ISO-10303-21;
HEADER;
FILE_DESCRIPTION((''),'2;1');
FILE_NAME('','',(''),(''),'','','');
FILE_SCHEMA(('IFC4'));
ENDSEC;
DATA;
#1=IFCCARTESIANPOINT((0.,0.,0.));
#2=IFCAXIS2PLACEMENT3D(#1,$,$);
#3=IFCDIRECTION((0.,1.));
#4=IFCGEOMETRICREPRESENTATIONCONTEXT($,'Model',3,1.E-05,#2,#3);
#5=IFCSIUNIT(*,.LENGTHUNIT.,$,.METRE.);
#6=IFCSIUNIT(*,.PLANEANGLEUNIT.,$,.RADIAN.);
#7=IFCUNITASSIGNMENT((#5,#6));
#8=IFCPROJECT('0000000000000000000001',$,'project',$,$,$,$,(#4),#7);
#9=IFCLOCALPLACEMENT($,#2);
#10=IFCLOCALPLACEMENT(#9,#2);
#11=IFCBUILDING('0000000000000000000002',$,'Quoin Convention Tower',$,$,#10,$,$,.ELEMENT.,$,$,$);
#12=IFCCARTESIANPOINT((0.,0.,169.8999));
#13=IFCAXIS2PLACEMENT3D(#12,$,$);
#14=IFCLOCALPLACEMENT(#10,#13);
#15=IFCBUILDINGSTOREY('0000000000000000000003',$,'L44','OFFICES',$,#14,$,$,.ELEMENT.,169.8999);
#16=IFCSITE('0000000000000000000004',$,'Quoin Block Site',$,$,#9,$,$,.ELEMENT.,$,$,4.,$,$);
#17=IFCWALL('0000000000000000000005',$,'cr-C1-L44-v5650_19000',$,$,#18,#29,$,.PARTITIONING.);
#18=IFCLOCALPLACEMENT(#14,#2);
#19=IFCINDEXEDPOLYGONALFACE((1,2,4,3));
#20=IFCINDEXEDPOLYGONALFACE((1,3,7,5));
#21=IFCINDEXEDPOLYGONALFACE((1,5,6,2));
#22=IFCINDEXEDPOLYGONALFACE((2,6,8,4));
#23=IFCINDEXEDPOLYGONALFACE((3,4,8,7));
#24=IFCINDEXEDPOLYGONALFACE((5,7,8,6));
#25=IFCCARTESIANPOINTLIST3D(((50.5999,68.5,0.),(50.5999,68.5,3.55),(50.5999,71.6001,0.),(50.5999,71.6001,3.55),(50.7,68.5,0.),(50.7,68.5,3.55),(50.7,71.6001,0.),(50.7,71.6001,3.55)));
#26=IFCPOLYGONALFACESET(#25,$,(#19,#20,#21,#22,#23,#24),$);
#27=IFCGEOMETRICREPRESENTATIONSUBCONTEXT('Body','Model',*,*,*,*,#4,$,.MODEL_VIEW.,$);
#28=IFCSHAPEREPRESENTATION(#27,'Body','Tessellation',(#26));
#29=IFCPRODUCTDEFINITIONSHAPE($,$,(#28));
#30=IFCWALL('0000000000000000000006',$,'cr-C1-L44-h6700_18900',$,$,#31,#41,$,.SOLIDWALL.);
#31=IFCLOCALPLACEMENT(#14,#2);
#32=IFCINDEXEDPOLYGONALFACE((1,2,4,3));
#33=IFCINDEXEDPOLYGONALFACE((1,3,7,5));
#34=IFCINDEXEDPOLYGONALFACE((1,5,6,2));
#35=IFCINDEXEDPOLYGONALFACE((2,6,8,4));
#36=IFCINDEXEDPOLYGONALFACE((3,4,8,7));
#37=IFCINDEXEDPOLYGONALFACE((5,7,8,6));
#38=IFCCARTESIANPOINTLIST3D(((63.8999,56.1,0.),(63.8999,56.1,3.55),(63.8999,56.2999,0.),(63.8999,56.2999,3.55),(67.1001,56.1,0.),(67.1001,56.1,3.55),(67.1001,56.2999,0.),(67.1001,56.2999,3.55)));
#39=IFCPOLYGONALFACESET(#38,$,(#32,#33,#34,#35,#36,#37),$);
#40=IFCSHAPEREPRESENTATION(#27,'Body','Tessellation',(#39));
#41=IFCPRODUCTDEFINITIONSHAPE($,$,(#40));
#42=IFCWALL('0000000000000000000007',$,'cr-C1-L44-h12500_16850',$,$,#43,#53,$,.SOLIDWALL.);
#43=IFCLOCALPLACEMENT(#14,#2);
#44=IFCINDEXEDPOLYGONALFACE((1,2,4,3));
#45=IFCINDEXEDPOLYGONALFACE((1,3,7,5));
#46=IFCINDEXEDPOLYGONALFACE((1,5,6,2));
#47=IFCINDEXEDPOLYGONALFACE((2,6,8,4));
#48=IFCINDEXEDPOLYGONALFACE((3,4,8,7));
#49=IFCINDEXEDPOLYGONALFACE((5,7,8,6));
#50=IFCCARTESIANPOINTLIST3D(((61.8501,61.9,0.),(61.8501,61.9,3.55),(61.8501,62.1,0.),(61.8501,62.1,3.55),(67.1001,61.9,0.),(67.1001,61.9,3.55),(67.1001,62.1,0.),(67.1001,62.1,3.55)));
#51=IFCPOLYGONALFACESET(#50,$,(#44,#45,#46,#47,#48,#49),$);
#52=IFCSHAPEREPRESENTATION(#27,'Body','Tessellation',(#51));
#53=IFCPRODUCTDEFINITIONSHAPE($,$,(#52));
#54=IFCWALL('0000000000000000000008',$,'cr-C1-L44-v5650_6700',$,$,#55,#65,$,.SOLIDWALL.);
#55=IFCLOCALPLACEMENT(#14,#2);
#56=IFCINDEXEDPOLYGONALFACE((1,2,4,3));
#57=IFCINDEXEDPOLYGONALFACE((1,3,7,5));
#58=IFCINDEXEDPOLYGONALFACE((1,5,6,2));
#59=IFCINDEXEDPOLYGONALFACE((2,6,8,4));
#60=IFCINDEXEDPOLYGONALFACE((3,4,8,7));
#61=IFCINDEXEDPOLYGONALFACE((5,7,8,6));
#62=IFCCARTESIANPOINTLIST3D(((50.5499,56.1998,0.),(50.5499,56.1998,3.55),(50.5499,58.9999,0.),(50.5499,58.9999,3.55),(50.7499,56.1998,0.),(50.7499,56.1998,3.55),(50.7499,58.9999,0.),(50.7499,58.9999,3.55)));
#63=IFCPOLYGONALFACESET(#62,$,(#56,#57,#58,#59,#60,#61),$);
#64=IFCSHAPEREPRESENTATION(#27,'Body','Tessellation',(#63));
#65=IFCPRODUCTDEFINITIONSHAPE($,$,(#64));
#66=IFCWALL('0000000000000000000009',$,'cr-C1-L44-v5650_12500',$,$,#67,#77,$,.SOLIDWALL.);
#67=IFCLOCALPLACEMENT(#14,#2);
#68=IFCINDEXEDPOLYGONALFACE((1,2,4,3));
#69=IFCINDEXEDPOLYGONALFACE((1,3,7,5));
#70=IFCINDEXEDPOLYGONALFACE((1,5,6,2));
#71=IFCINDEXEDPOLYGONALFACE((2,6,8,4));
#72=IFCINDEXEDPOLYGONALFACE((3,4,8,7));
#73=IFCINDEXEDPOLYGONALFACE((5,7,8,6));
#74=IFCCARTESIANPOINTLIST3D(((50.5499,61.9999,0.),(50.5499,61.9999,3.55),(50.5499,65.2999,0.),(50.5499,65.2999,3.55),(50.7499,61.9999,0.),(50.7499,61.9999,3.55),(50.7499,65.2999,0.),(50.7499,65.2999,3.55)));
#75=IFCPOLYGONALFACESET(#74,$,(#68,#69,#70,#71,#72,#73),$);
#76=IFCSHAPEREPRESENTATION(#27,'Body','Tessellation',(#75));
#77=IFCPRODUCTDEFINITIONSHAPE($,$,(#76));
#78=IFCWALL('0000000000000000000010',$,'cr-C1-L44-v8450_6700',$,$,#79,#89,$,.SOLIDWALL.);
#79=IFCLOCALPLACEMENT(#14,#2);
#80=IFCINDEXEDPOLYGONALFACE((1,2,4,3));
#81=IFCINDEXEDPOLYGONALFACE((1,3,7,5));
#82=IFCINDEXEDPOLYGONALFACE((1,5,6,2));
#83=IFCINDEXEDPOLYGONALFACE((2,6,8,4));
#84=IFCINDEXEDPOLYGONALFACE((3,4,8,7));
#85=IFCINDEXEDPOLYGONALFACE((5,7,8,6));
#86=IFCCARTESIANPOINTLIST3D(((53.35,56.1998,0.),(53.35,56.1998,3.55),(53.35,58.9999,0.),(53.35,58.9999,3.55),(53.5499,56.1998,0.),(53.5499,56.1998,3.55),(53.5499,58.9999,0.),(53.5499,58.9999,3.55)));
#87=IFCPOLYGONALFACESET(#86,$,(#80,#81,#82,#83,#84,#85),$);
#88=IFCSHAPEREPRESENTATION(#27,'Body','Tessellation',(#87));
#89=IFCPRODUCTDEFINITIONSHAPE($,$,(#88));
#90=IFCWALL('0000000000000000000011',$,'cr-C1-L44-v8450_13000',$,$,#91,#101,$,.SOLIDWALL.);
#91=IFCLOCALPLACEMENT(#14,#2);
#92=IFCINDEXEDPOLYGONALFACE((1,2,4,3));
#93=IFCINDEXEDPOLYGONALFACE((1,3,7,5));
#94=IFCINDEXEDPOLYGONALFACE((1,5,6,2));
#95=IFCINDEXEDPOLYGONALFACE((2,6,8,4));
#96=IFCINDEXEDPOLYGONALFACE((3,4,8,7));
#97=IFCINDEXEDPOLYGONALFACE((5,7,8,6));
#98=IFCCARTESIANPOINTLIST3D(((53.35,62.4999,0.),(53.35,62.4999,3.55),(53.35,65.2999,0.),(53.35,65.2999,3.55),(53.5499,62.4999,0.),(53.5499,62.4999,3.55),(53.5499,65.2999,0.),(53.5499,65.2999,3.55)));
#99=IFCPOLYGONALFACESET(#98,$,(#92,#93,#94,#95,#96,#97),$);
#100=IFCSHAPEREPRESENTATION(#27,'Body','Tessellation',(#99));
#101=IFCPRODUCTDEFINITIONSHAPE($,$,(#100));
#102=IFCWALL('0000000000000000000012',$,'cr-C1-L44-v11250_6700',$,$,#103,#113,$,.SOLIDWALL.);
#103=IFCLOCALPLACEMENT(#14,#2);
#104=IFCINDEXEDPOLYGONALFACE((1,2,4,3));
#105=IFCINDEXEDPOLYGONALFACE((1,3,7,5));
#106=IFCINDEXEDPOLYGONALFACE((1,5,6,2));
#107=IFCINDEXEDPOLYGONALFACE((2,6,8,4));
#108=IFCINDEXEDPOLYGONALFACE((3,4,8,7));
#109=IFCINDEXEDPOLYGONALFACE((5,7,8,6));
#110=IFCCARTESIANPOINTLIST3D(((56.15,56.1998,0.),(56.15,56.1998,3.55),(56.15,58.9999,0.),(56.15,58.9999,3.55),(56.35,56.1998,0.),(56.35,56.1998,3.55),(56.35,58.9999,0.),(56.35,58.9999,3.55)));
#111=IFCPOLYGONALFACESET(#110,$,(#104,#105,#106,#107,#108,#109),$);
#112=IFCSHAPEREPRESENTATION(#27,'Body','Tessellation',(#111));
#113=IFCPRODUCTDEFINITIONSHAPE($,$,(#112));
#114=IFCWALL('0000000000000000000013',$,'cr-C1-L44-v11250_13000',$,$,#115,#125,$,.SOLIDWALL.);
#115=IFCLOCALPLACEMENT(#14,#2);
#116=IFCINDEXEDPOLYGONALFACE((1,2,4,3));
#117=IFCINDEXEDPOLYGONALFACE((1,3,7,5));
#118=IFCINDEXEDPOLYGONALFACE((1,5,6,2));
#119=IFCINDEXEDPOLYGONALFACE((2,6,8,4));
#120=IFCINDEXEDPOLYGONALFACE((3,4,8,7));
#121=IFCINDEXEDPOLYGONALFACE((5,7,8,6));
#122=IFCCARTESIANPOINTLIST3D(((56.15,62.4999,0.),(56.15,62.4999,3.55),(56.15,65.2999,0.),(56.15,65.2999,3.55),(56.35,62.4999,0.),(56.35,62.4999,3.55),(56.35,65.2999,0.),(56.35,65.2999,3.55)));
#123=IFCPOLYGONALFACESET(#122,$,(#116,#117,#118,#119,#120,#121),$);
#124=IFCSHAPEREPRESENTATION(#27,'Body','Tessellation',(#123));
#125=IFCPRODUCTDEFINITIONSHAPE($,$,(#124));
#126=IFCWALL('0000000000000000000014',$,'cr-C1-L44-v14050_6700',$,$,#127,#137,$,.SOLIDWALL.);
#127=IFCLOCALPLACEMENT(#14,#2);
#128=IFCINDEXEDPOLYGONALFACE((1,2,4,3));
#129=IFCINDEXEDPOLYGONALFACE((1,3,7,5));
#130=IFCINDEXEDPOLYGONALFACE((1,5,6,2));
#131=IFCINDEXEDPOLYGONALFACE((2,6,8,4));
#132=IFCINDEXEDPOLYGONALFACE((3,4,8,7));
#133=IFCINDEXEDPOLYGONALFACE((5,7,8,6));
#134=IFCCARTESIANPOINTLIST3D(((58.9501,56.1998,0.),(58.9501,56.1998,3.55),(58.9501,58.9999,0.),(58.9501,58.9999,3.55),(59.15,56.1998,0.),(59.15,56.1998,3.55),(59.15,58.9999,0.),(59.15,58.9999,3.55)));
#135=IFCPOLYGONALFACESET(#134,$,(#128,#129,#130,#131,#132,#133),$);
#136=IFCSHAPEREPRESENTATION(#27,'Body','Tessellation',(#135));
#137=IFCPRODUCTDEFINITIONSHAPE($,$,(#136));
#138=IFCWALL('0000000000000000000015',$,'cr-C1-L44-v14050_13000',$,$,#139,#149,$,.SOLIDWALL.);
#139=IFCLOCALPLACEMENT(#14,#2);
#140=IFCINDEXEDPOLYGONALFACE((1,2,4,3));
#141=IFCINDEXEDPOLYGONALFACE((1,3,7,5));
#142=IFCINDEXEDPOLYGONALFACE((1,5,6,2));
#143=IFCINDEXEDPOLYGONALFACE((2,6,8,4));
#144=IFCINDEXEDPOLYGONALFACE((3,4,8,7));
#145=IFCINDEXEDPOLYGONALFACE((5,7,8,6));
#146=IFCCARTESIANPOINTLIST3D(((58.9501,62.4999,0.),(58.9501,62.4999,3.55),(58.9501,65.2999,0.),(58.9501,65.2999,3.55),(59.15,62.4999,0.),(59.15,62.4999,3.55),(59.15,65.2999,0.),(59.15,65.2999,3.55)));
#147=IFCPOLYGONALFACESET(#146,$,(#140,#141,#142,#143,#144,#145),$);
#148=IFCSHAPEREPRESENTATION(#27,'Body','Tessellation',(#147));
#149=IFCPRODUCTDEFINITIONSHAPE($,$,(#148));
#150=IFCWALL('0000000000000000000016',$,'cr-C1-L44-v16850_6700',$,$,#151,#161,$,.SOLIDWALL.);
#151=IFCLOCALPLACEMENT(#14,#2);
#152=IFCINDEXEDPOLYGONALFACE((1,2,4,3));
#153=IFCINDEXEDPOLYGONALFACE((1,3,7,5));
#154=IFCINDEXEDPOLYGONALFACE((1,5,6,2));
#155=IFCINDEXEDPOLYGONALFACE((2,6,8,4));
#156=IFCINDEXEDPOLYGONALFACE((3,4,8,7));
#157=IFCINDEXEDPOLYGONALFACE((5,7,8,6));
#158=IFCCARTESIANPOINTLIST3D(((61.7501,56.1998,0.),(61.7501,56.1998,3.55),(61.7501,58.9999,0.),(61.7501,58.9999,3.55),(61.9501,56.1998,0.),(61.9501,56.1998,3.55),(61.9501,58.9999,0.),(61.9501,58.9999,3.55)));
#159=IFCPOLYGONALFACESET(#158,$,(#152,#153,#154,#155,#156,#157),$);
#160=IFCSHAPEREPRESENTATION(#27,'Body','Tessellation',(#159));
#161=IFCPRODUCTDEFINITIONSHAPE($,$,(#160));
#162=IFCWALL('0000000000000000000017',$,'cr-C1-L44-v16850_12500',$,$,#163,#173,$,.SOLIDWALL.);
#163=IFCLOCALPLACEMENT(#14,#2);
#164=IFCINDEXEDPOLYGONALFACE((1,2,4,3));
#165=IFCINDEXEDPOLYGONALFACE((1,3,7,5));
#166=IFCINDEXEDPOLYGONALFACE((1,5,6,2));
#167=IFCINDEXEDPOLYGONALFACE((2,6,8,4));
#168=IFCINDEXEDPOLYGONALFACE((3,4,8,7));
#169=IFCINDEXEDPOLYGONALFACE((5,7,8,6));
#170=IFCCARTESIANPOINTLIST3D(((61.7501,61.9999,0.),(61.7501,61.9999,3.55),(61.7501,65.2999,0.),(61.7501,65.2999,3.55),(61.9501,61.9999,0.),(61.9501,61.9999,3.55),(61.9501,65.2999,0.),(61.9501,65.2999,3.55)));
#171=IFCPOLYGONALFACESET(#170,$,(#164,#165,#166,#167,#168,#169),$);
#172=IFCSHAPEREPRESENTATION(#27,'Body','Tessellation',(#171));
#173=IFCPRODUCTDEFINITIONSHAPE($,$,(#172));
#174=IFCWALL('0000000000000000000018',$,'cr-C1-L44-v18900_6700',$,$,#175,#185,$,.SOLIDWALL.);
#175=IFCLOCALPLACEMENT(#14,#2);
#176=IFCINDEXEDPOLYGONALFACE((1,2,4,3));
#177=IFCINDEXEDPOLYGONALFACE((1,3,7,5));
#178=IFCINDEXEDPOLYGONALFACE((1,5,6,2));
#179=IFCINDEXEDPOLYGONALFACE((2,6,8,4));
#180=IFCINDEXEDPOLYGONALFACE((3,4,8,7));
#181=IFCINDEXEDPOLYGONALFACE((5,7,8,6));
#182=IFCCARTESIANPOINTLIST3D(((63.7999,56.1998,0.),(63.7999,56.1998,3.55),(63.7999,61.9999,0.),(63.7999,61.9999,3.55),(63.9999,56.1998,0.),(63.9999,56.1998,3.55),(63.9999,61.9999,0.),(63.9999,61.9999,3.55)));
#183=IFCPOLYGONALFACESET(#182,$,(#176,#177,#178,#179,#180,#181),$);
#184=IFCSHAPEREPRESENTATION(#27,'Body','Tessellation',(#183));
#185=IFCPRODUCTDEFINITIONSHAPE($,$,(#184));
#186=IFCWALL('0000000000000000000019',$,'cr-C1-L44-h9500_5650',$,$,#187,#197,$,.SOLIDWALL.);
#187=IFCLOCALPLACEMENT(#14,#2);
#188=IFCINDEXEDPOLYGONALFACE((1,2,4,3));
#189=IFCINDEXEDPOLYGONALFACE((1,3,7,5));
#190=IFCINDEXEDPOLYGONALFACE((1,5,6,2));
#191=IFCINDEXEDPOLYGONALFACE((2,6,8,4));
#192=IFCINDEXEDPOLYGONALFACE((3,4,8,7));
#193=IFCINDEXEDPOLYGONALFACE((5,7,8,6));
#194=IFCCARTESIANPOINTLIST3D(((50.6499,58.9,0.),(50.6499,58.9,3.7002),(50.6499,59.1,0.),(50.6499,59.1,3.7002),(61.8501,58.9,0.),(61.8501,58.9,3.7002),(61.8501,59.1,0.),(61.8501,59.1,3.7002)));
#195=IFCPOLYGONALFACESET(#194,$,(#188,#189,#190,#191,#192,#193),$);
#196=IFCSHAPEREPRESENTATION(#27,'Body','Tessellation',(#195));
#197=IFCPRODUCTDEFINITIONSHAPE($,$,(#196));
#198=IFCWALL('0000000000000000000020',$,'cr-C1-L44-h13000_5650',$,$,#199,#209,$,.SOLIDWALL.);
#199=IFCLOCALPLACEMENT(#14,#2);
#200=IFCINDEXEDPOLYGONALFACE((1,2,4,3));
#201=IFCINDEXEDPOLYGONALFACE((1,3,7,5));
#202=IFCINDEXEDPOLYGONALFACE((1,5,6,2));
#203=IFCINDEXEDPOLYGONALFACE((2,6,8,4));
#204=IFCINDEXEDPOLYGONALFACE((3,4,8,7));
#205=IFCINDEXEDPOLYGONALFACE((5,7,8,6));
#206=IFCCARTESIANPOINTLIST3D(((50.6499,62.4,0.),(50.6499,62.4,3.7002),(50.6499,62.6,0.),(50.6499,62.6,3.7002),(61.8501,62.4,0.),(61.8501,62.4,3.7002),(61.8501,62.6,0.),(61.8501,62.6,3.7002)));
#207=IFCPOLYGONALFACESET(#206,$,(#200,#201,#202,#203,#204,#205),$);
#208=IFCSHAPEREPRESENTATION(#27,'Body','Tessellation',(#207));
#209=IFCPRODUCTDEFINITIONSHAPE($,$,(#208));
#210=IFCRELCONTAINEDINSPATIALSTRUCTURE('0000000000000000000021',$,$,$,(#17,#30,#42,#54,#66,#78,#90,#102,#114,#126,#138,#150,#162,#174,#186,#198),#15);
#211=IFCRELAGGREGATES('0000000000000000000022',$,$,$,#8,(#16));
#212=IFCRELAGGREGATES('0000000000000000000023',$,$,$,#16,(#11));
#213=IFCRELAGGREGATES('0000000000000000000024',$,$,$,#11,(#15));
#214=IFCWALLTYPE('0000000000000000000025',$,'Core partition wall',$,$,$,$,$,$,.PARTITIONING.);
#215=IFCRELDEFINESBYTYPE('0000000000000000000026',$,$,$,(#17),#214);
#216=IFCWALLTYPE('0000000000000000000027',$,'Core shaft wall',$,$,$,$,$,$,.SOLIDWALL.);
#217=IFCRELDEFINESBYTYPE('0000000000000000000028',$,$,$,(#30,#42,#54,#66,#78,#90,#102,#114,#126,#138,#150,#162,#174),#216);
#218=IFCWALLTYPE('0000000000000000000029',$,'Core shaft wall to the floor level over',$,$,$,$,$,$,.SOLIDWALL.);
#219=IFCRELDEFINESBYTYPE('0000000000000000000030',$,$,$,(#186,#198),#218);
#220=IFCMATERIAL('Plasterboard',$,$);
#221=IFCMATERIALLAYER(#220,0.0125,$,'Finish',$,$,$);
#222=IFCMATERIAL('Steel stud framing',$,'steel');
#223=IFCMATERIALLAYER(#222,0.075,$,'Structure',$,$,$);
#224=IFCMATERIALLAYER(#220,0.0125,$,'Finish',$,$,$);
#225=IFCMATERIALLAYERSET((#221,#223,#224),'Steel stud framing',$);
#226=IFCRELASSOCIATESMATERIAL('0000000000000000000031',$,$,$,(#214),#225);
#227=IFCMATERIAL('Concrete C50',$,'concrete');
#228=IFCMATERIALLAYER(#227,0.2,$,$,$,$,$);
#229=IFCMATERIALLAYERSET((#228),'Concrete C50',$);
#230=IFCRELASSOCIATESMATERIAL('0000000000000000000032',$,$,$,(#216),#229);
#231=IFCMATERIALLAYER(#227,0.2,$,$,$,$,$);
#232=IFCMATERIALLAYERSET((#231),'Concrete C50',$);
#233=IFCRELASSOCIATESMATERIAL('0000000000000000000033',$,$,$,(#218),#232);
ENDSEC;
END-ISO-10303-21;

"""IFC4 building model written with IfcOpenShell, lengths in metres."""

from ifc_helpers import new_model, si_unit, direction, frame, frame_2d, origin, place, context, subcontext, project, spatial, rectangle, extrude, material, layer, layer_set, type_object, element, save


model = new_model("IFC4")

# Units and contexts
model_context = context("Model", 3, precision=1e-05, world=origin(), true_north=direction((0.0, 1.0)))
body_context = subcontext(model_context, "Body", "Model", "MODEL_VIEW")
ifc_project = project(units=[si_unit("LENGTHUNIT", "METRE"), si_unit("PLANEANGLEUNIT", "RADIAN")], contexts=[model_context])

# Site, building, storey
site_placement = place(None, origin())
site = spatial("IfcSite", under=ifc_project, at=site_placement, Name="Quoin Block Site", CompositionType="ELEMENT", RefElevation=4.0)
building_placement = place(site_placement, origin())
building = spatial("IfcBuilding", under=site, at=building_placement, Name="Quoin Convention Tower", CompositionType="ELEMENT")
storey_placement = place(building_placement, frame((0.0, 0.0, 169.8999)))
storey = spatial("IfcBuildingStorey", under=building, at=storey_placement, Name="L44", Description="OFFICES", CompositionType="ELEMENT", Elevation=169.8999)

# Walls
ifc_material_1 = material(Name="Plasterboard")
ifc_layer_1 = layer(ifc_material_1, 0.0125, Name="Finish")
ifc_material_2 = material(Name="Steel stud framing", Category="steel")
ifc_layer_2 = layer(ifc_material_2, 0.075, Name="Structure")
ifc_layer_3 = layer(ifc_material_1, 0.0125, Name="Finish")
ifc_layer_set_1 = layer_set([ifc_layer_1, ifc_layer_2, ifc_layer_3], Name="Steel stud framing")
wall_type_1 = type_object("IfcWallType", Name="Core partition wall", PredefinedType="PARTITIONING", material=ifc_layer_set_1)
wall_1_placement = place(storey_placement, frame((50.6499, 68.5, 0.0), z_axis=(0.0, 0.0, 1.0), x_axis=(0.0, 1.0, 0.0)))
element("IfcWall", 1, at=wall_1_placement, inside=storey, type_object=wall_type_1, Name="cr-C1-L44-v5650_19000", PredefinedType="PARTITIONING", context=body_context, shape_type="SweptSolid", body=[
    extrude(rectangle(XDim=3.1001, YDim=0.1001, at=frame_2d((1.55, 0.0))), origin(), (0.0, 0.0, 1.0), 3.55),
])
ifc_material_3 = material(Name="Concrete C50", Category="concrete")
ifc_layer_4 = layer(ifc_material_3, 0.2)
ifc_layer_set_2 = layer_set([ifc_layer_4], Name="Concrete C50")
wall_type_2 = type_object("IfcWallType", Name="Core shaft wall", PredefinedType="SOLIDWALL", material=ifc_layer_set_2)
wall_2_placement = place(storey_placement, frame((63.8999, 56.2, 0.0), z_axis=(0.0, 0.0, 1.0), x_axis=(1.0, 0.0, 0.0)))
element("IfcWall", 2, at=wall_2_placement, inside=storey, type_object=wall_type_2, Name="cr-C1-L44-h6700_18900", PredefinedType="SOLIDWALL", context=body_context, shape_type="SweptSolid", body=[
    extrude(rectangle(XDim=3.2002, YDim=0.2, at=frame_2d((1.6001, 0.0))), origin(), (0.0, 0.0, 1.0), 3.55),
])
wall_3_placement = place(storey_placement, frame((61.8501, 62.0, 0.0), z_axis=(0.0, 0.0, 1.0), x_axis=(1.0, 0.0, 0.0)))
element("IfcWall", 3, at=wall_3_placement, inside=storey, type_object=wall_type_2, Name="cr-C1-L44-h12500_16850", PredefinedType="SOLIDWALL", context=body_context, shape_type="SweptSolid", body=[
    extrude(rectangle(XDim=5.25, YDim=0.2, at=frame_2d((2.625, 0.0))), origin(), (0.0, 0.0, 1.0), 3.55),
])
wall_4_placement = place(storey_placement, frame((50.6499, 56.2, 0.0), z_axis=(0.0, 0.0, 1.0), x_axis=(0.0, 1.0, 0.0)))
element("IfcWall", 4, at=wall_4_placement, inside=storey, type_object=wall_type_2, Name="cr-C1-L44-v5650_6700", PredefinedType="SOLIDWALL", context=body_context, shape_type="SweptSolid", body=[
    extrude(rectangle(XDim=2.8, YDim=0.2, at=frame_2d((1.3999, 0.0))), origin(), (0.0, 0.0, 1.0), 3.55),
])
wall_5_placement = place(storey_placement, frame((50.6499, 62.0, 0.0), z_axis=(0.0, 0.0, 1.0), x_axis=(0.0, 1.0, 0.0)))
element("IfcWall", 5, at=wall_5_placement, inside=storey, type_object=wall_type_2, Name="cr-C1-L44-v5650_12500", PredefinedType="SOLIDWALL", context=body_context, shape_type="SweptSolid", body=[
    extrude(rectangle(XDim=3.3, YDim=0.2, at=frame_2d((1.6499, 0.0))), origin(), (0.0, 0.0, 1.0), 3.55),
])
for number, where, z_axis, x_axis, name in (
    (6, (53.45, 56.2, 0.0), (0.0, 0.0, 1.0), (0.0, 1.0, 0.0), "cr-C1-L44-v8450_6700"),
    (7, (53.45, 62.5, 0.0), (0.0, 0.0, 1.0), (0.0, 1.0, 0.0), "cr-C1-L44-v8450_13000"),
    (8, (56.25, 56.2, 0.0), (0.0, 0.0, 1.0), (0.0, 1.0, 0.0), "cr-C1-L44-v11250_6700"),
    (9, (56.25, 62.5, 0.0), (0.0, 0.0, 1.0), (0.0, 1.0, 0.0), "cr-C1-L44-v11250_13000"),
    (10, (59.05, 56.2, 0.0), (0.0, 0.0, 1.0), (0.0, 1.0, 0.0), "cr-C1-L44-v14050_6700"),
    (11, (59.05, 62.5, 0.0), (0.0, 0.0, 1.0), (0.0, 1.0, 0.0), "cr-C1-L44-v14050_13000"),
    (12, (61.8501, 56.2, 0.0), (0.0, 0.0, 1.0), (0.0, 1.0, 0.0), "cr-C1-L44-v16850_6700"),
):
    element("IfcWall", number, at=place(storey_placement, frame(where, z_axis=z_axis, x_axis=x_axis)), inside=storey, type_object=wall_type_2, Name=name, PredefinedType="SOLIDWALL", context=body_context, shape_type="SweptSolid", body=[
        extrude(rectangle(XDim=2.8, YDim=0.2, at=frame_2d((1.3999, 0.0))), origin(), (0.0, 0.0, 1.0), 3.55),
    ])
wall_6_placement = place(storey_placement, frame((61.8501, 62.0, 0.0), z_axis=(0.0, 0.0, 1.0), x_axis=(0.0, 1.0, 0.0)))
element("IfcWall", 13, at=wall_6_placement, inside=storey, type_object=wall_type_2, Name="cr-C1-L44-v16850_12500", PredefinedType="SOLIDWALL", context=body_context, shape_type="SweptSolid", body=[
    extrude(rectangle(XDim=3.3, YDim=0.2, at=frame_2d((1.6499, 0.0))), origin(), (0.0, 0.0, 1.0), 3.55),
])
wall_7_placement = place(storey_placement, frame((63.8999, 56.2, 0.0), z_axis=(0.0, 0.0, 1.0), x_axis=(0.0, 1.0, 0.0)))
element("IfcWall", 14, at=wall_7_placement, inside=storey, type_object=wall_type_2, Name="cr-C1-L44-v18900_6700", PredefinedType="SOLIDWALL", context=body_context, shape_type="SweptSolid", body=[
    extrude(rectangle(XDim=5.8, YDim=0.2, at=frame_2d((2.8999, 0.0))), origin(), (0.0, 0.0, 1.0), 3.55),
])
ifc_layer_5 = layer(ifc_material_3, 0.2)
ifc_layer_set_3 = layer_set([ifc_layer_5], Name="Concrete C50")
wall_type_3 = type_object("IfcWallType", Name="Core shaft wall to the floor level over", PredefinedType="SOLIDWALL", material=ifc_layer_set_3)
for number, where, z_axis, x_axis, name in (
    (15, (50.6499, 59.0, 0.0), (0.0, 0.0, 1.0), (1.0, 0.0, 0.0), "cr-C1-L44-h9500_5650"),
    (16, (50.6499, 62.5, 0.0), (0.0, 0.0, 1.0), (1.0, 0.0, 0.0), "cr-C1-L44-h13000_5650"),
):
    element("IfcWall", number, at=place(storey_placement, frame(where, z_axis=z_axis, x_axis=x_axis)), inside=storey, type_object=wall_type_3, Name=name, PredefinedType="SOLIDWALL", context=body_context, shape_type="SweptSolid", body=[
        extrude(rectangle(XDim=11.2002, YDim=0.2, at=frame_2d((5.6001, 0.0))), origin(), (0.0, 0.0, 1.0), 3.7002),
    ])

save(model, "model.ifc")
